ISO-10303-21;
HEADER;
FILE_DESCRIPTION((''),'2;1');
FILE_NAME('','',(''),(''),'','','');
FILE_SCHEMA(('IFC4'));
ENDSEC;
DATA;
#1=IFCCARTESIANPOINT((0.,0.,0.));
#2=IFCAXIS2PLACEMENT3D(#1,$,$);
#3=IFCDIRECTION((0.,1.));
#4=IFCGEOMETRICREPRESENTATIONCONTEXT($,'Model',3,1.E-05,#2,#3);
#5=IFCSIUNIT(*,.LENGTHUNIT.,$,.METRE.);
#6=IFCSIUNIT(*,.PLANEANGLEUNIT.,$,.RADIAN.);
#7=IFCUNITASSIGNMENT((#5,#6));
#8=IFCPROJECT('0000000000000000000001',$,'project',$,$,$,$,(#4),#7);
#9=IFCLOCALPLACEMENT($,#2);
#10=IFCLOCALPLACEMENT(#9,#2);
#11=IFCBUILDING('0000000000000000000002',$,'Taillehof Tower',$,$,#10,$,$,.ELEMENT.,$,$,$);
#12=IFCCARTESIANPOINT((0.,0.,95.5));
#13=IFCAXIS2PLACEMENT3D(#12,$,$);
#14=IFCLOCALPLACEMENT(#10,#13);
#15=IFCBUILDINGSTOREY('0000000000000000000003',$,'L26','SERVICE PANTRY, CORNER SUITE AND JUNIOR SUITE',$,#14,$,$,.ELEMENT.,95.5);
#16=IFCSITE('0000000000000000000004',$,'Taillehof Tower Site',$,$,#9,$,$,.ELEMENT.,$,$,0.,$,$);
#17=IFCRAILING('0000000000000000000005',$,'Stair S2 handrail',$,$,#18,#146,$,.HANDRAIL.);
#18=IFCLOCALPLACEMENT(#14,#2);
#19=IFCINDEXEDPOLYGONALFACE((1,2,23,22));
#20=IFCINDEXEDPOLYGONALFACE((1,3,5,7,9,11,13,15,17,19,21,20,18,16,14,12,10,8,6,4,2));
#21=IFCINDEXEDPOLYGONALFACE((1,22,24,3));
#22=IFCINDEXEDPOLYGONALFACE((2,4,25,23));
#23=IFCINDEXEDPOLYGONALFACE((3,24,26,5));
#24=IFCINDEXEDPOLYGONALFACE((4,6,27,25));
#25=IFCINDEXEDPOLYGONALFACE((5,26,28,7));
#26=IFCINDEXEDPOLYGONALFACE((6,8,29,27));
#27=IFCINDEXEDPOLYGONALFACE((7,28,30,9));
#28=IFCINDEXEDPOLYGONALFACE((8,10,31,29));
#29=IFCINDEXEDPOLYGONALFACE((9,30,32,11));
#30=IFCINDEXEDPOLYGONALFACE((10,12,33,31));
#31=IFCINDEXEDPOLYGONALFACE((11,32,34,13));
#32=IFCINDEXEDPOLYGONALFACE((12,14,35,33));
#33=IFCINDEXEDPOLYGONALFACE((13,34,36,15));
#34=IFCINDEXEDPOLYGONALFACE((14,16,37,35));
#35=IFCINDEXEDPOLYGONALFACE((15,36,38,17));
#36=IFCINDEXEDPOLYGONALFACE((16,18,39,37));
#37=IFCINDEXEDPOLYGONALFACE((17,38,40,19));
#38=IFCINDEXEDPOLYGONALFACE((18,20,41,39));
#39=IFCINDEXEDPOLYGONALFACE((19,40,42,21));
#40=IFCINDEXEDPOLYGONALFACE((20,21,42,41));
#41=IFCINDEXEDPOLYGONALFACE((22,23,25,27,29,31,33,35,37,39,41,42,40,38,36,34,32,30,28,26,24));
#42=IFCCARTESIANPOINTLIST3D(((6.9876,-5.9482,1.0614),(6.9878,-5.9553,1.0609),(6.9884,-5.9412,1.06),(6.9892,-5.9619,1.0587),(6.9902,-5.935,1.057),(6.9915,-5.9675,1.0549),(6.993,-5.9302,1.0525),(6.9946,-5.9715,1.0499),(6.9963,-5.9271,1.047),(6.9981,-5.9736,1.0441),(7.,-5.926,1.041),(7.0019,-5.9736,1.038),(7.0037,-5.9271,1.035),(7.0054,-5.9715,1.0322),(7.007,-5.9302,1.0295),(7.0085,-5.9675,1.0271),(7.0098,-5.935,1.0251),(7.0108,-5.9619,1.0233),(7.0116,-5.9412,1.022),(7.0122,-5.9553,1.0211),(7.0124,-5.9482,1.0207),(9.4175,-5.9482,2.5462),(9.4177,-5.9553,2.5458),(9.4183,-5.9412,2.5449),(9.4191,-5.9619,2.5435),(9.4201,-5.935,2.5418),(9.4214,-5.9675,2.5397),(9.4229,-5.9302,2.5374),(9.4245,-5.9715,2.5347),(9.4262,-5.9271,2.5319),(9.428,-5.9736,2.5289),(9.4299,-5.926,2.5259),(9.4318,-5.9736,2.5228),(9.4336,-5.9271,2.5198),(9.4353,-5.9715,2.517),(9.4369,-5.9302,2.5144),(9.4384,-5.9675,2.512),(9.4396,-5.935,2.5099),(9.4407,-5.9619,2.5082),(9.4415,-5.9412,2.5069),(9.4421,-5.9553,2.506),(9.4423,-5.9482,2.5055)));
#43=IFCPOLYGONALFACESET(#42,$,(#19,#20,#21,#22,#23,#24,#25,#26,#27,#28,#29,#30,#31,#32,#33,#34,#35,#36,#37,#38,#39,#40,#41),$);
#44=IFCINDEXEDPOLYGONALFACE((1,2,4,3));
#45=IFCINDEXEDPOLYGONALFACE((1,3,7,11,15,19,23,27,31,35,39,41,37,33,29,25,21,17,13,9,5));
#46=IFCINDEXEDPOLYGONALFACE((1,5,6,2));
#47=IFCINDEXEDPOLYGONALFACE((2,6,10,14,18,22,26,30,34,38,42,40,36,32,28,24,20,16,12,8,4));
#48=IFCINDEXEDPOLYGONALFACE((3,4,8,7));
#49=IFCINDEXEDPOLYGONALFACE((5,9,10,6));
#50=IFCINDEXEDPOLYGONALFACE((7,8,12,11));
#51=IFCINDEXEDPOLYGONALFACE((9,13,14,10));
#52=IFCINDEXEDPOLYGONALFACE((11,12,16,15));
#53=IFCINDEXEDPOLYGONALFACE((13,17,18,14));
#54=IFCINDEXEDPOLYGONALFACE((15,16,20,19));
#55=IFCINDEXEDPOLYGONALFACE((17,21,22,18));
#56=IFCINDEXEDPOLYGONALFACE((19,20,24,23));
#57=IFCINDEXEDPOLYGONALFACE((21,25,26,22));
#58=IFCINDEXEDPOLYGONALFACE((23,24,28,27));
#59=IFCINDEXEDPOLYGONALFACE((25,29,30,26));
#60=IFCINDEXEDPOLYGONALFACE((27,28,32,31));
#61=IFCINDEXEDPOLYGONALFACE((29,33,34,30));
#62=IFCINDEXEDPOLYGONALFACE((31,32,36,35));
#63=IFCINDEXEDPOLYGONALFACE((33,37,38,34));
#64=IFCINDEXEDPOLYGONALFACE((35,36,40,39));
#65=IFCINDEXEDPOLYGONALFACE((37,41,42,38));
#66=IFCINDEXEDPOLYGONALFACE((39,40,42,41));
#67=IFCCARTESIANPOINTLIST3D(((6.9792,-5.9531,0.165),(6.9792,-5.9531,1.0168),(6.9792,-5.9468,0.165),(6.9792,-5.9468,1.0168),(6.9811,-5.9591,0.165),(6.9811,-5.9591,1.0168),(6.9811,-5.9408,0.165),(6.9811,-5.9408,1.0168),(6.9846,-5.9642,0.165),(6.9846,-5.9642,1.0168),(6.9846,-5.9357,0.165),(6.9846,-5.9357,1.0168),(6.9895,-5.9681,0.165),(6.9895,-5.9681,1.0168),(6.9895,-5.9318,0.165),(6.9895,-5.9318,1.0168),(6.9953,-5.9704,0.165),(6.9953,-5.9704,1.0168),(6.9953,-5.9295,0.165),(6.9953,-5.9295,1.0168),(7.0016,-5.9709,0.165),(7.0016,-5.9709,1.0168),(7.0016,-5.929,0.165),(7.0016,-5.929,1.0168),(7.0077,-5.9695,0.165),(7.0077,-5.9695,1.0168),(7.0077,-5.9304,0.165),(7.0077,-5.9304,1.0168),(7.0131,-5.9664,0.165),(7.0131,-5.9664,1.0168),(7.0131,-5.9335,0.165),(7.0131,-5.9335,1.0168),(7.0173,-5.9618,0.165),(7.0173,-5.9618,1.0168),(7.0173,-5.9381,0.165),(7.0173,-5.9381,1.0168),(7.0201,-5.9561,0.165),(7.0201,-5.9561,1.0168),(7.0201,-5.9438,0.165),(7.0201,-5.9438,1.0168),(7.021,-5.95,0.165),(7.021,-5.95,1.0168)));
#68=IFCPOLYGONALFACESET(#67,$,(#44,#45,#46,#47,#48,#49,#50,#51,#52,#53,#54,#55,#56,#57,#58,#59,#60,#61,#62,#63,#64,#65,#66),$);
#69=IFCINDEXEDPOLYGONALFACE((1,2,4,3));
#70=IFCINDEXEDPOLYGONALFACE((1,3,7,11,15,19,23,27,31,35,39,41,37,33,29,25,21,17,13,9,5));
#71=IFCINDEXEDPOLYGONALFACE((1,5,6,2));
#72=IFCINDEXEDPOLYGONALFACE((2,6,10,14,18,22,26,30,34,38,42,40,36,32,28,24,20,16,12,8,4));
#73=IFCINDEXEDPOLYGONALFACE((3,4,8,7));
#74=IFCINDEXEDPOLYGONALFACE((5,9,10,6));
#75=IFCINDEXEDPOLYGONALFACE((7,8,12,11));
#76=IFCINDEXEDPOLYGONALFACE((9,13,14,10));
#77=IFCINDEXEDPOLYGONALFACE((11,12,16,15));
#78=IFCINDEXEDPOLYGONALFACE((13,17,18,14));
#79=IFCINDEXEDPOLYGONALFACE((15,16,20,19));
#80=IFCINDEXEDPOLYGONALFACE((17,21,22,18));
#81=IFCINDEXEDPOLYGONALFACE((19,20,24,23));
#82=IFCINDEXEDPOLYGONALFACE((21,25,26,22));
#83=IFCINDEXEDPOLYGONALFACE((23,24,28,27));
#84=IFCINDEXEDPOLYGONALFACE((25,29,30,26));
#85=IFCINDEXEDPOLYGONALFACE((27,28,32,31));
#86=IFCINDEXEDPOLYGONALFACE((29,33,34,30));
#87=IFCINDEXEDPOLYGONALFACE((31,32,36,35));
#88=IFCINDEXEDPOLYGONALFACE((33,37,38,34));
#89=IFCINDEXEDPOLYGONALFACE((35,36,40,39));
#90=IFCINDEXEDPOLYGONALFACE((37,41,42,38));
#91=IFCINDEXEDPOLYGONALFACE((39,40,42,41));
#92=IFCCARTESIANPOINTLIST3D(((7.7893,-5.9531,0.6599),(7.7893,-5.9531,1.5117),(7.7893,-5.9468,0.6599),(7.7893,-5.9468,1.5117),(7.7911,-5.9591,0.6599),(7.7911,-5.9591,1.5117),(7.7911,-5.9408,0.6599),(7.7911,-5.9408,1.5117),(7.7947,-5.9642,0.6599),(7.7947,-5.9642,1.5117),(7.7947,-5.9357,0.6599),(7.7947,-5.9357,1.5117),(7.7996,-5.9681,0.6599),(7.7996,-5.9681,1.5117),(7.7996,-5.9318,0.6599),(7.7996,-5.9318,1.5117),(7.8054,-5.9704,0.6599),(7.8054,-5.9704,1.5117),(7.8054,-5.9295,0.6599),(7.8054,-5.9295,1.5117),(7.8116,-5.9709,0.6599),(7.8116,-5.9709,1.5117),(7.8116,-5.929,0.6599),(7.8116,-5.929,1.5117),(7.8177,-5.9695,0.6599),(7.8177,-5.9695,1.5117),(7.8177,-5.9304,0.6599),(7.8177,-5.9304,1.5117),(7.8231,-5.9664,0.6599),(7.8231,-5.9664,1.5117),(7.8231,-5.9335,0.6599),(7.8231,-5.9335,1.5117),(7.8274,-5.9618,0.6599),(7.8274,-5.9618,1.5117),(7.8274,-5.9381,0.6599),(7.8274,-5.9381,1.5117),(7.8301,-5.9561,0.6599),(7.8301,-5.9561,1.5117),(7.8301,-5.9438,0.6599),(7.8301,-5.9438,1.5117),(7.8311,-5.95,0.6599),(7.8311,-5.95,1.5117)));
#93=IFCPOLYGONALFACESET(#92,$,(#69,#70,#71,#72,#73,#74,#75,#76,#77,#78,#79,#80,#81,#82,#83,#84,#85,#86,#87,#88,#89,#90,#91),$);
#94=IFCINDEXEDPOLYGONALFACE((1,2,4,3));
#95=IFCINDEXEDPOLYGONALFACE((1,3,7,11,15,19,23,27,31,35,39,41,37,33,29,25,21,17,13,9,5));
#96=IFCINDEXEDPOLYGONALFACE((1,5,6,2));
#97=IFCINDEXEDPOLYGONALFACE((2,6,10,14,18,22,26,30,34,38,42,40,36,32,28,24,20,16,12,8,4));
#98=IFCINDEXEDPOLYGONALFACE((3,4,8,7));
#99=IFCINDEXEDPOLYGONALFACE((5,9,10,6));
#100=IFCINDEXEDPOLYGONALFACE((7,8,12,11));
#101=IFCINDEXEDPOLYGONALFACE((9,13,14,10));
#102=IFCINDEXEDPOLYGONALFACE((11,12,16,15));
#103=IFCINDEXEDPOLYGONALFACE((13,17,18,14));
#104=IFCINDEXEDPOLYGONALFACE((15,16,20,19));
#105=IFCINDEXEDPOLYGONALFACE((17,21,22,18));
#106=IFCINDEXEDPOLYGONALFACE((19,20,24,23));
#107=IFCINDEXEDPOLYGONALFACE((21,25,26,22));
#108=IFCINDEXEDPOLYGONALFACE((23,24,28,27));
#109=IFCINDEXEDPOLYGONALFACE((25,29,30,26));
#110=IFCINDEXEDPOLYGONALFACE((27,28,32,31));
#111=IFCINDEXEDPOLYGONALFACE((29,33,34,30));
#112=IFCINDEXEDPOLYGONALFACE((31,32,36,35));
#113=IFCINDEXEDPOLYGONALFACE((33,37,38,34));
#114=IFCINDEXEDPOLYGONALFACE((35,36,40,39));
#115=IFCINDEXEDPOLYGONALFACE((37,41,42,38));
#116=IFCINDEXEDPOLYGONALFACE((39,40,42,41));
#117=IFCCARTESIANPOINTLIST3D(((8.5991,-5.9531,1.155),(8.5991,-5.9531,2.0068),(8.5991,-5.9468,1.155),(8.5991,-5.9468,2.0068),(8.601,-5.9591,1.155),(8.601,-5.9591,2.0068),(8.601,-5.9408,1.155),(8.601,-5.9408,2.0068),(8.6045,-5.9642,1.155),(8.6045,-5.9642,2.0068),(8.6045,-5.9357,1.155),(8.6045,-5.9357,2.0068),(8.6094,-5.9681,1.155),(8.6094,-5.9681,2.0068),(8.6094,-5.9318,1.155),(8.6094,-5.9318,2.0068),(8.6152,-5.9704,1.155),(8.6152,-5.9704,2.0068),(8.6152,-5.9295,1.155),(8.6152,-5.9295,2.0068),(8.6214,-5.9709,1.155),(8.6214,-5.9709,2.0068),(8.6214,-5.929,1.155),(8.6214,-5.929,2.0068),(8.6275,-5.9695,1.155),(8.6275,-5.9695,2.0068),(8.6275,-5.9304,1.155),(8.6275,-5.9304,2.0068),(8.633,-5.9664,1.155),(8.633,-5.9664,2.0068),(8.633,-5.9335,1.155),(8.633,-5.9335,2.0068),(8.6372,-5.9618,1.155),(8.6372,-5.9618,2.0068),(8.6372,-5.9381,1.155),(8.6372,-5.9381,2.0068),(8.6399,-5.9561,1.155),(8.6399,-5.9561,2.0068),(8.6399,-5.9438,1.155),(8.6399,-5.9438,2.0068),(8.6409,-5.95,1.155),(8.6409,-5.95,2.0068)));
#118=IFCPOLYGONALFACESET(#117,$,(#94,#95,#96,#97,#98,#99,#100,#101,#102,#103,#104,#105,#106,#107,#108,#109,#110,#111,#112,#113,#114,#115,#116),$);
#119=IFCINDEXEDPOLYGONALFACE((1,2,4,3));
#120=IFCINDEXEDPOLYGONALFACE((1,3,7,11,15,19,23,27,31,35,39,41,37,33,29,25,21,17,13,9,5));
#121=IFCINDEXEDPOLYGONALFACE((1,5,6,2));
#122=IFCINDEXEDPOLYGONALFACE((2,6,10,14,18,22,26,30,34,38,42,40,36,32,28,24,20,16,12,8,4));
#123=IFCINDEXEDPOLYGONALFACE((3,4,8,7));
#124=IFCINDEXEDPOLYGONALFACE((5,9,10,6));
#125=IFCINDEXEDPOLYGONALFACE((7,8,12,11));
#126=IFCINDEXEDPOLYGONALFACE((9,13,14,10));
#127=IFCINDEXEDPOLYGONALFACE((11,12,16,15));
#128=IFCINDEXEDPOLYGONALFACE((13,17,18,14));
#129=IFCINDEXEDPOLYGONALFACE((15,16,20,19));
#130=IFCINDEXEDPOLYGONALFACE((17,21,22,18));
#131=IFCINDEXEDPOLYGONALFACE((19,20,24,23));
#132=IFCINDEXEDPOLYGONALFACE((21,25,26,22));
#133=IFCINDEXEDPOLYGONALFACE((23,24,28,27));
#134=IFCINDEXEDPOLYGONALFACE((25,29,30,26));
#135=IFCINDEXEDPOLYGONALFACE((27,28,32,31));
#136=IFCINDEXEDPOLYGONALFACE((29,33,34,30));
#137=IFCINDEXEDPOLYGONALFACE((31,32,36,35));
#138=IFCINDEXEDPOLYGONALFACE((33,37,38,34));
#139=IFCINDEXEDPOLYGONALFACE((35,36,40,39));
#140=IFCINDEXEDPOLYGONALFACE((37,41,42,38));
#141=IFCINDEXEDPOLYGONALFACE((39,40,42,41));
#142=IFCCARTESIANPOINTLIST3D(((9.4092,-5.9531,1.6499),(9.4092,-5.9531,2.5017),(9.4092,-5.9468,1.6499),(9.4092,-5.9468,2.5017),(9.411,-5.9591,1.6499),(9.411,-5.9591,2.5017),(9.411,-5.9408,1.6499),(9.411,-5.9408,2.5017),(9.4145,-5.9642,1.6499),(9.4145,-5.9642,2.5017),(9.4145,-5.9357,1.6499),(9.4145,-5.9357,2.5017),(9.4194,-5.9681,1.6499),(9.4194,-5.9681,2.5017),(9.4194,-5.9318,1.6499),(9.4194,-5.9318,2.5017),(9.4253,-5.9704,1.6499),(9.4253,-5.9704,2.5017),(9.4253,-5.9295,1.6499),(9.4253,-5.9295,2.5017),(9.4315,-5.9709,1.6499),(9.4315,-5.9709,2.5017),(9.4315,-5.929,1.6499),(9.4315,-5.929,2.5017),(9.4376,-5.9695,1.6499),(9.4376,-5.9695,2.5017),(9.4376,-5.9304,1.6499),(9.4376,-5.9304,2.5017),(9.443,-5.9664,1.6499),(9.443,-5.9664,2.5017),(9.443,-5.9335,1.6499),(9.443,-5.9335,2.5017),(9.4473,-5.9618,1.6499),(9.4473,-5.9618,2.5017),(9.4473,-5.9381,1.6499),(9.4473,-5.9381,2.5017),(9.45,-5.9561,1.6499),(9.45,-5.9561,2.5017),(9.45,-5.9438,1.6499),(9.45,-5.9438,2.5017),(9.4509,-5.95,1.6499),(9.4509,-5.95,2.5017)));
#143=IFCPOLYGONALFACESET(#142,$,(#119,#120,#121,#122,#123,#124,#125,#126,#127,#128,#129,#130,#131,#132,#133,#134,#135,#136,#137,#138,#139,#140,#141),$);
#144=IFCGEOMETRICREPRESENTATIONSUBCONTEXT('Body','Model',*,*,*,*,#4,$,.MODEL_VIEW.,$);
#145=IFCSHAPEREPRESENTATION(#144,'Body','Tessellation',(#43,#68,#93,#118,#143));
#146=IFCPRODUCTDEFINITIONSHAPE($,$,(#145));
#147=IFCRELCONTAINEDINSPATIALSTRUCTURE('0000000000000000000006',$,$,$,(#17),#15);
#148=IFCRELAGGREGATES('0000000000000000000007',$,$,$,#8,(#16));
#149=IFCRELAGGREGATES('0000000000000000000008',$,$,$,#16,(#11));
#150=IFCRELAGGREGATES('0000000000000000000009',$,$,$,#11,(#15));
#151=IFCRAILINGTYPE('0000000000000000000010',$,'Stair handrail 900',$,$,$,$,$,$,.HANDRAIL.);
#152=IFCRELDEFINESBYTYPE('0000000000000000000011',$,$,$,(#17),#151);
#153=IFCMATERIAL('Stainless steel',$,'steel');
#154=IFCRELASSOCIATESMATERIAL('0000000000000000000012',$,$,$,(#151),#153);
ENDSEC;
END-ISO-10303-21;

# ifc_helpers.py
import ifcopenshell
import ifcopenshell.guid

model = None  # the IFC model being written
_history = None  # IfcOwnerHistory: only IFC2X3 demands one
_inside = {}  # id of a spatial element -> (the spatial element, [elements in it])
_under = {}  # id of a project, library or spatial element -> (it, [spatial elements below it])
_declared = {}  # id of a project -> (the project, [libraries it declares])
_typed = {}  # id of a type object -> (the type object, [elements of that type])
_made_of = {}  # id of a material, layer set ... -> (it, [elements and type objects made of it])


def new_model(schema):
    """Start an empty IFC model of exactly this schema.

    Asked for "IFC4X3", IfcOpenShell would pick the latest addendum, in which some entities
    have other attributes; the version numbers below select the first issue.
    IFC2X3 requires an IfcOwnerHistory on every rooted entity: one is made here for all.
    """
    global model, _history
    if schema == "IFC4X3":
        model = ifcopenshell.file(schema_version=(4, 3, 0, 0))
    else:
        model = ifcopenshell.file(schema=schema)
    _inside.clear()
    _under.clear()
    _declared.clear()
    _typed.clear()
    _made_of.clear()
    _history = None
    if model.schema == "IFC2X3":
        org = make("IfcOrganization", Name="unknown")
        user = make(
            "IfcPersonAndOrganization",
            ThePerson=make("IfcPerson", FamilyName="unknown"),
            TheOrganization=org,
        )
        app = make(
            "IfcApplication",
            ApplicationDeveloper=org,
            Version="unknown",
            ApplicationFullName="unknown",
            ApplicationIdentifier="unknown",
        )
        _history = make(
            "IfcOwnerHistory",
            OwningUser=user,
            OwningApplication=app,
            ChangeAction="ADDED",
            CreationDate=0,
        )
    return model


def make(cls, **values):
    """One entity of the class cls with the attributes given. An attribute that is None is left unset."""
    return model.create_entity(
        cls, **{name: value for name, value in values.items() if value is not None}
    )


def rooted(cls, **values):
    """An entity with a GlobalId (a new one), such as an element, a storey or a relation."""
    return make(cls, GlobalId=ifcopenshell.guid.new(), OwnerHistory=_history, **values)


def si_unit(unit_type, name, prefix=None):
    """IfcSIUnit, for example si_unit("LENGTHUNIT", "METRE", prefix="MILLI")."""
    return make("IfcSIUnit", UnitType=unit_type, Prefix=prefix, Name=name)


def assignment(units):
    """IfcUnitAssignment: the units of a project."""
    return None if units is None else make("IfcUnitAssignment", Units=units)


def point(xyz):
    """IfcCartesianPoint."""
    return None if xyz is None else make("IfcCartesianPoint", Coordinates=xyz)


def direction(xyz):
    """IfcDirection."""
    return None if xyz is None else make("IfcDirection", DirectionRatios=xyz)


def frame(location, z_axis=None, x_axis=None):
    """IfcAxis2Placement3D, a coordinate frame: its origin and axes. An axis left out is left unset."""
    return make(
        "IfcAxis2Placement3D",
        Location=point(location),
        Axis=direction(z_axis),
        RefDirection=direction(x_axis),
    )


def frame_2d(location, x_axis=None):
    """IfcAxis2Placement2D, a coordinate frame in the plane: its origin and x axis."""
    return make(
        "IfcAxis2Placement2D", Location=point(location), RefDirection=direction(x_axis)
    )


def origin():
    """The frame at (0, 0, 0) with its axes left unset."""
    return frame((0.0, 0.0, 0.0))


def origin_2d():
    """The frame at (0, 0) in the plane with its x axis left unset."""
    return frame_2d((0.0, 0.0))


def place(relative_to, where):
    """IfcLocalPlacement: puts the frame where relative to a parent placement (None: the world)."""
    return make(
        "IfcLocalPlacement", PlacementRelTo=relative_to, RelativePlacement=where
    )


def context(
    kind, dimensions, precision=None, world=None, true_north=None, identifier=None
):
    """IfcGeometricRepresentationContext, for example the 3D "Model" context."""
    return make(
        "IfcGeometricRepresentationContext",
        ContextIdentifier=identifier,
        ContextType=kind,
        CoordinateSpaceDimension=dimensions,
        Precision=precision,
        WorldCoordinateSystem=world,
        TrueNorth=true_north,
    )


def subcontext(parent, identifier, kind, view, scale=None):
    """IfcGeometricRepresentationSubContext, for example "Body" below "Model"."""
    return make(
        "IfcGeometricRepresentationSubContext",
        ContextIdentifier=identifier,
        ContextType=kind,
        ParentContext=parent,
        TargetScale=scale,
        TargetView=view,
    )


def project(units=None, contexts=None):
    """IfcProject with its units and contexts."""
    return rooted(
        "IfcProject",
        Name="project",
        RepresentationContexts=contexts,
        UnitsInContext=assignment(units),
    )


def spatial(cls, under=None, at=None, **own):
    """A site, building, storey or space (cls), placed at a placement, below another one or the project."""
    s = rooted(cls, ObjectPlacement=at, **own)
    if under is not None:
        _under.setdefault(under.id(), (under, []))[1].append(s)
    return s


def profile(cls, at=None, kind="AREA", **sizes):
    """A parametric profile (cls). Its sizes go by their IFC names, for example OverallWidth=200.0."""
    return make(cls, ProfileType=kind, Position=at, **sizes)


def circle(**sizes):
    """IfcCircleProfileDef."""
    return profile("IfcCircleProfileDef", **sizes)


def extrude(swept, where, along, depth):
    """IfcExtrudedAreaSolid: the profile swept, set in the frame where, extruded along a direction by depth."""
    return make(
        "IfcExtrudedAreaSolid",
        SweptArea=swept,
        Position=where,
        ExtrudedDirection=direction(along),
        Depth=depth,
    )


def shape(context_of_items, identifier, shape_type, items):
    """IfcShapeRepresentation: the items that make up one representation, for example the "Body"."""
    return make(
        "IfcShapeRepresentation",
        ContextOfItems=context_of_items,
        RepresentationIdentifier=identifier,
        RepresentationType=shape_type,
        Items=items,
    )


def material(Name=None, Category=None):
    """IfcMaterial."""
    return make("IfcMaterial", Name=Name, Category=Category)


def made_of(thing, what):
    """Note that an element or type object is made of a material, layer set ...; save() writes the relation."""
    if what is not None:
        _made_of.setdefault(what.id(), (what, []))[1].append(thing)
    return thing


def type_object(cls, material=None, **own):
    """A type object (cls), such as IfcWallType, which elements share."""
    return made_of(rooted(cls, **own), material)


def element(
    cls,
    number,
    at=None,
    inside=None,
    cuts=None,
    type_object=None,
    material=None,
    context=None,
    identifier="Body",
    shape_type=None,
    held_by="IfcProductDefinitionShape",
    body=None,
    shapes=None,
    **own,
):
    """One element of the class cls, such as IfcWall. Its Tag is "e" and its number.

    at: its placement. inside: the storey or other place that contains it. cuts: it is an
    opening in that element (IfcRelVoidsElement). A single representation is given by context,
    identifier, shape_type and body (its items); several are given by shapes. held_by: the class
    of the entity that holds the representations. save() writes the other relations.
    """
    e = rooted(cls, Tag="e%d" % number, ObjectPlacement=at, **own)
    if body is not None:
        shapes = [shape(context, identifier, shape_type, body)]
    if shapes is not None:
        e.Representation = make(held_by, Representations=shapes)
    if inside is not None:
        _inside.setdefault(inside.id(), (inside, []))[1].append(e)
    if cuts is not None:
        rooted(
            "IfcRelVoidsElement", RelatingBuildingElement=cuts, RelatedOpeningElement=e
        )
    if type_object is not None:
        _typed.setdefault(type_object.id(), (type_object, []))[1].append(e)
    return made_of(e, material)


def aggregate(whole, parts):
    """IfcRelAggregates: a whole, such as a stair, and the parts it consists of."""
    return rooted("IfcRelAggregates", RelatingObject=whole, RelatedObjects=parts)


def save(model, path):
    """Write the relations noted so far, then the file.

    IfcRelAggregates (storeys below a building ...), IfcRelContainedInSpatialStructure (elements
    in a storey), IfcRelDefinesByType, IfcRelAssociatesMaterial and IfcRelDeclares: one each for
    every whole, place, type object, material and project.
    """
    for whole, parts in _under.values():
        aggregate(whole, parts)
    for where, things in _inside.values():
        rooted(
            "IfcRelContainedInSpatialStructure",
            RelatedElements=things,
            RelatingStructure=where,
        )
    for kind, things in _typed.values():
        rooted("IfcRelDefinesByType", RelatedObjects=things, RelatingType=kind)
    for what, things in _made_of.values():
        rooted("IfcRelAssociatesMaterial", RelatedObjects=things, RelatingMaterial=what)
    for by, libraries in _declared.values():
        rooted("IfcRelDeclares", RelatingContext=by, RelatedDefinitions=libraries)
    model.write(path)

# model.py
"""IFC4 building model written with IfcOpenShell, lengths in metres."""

from ifc_helpers import new_model, si_unit, direction, frame, origin, origin_2d, place, context, subcontext, project, spatial, circle, extrude, material, type_object, element, save


model = new_model("IFC4")

# Units and contexts
model_context = context("Model", 3, precision=1e-05, world=origin(), true_north=direction((0.0, 1.0)))
body_context = subcontext(model_context, "Body", "Model", "MODEL_VIEW")
ifc_project = project(units=[si_unit("LENGTHUNIT", "METRE"), si_unit("PLANEANGLEUNIT", "RADIAN")], contexts=[model_context])

# Site, building, storey
site_placement = place(None, origin())
site = spatial("IfcSite", under=ifc_project, at=site_placement, Name="Taillehof Tower Site", CompositionType="ELEMENT", RefElevation=0.0)
building_placement = place(site_placement, origin())
building = spatial("IfcBuilding", under=site, at=building_placement, Name="Taillehof Tower", CompositionType="ELEMENT")
storey_placement = place(building_placement, frame((0.0, 0.0, 95.5)))
storey = spatial("IfcBuildingStorey", under=building, at=storey_placement, Name="L26", Description="SERVICE PANTRY, CORNER SUITE AND JUNIOR SUITE", CompositionType="ELEMENT", Elevation=95.5)

# Railing
ifc_material_1 = material(Name="Stainless steel", Category="steel")
railing_type = type_object("IfcRailingType", Name="Stair handrail 900", PredefinedType="HANDRAIL", material=ifc_material_1)
railing_1_placement = place(storey_placement, frame((7.0, -5.95, 0.165)))
element("IfcRailing", 1, at=railing_1_placement, inside=storey, type_object=railing_type, Name="Stair S2 handrail", PredefinedType="HANDRAIL", context=body_context, shape_type="SweptSolid", body=[
    extrude(circle(Radius=0.0239, at=origin_2d()), frame((0.0, 0.0, 0.876), z_axis=(0.853297, 0.0, 0.521426), x_axis=(0.0, 1.0, 0.0)), (0.0, 0.0, 1.0), 2.8477),
    extrude(circle(Radius=0.021, at=origin_2d()), origin(), (0.0, 0.0, 1.0), 0.8518),
    extrude(circle(Radius=0.021, at=origin_2d()), frame((0.8101, 0.0, 0.4949)), (0.0, 0.0, 1.0), 0.8518),
    extrude(circle(Radius=0.021, at=origin_2d()), frame((1.6199, 0.0, 0.99)), (0.0, 0.0, 1.0), 0.8518),
    extrude(circle(Radius=0.021, at=origin_2d()), frame((2.4299, 0.0, 1.4849)), (0.0, 0.0, 1.0), 0.8518),
])

save(model, "model.ifc")
